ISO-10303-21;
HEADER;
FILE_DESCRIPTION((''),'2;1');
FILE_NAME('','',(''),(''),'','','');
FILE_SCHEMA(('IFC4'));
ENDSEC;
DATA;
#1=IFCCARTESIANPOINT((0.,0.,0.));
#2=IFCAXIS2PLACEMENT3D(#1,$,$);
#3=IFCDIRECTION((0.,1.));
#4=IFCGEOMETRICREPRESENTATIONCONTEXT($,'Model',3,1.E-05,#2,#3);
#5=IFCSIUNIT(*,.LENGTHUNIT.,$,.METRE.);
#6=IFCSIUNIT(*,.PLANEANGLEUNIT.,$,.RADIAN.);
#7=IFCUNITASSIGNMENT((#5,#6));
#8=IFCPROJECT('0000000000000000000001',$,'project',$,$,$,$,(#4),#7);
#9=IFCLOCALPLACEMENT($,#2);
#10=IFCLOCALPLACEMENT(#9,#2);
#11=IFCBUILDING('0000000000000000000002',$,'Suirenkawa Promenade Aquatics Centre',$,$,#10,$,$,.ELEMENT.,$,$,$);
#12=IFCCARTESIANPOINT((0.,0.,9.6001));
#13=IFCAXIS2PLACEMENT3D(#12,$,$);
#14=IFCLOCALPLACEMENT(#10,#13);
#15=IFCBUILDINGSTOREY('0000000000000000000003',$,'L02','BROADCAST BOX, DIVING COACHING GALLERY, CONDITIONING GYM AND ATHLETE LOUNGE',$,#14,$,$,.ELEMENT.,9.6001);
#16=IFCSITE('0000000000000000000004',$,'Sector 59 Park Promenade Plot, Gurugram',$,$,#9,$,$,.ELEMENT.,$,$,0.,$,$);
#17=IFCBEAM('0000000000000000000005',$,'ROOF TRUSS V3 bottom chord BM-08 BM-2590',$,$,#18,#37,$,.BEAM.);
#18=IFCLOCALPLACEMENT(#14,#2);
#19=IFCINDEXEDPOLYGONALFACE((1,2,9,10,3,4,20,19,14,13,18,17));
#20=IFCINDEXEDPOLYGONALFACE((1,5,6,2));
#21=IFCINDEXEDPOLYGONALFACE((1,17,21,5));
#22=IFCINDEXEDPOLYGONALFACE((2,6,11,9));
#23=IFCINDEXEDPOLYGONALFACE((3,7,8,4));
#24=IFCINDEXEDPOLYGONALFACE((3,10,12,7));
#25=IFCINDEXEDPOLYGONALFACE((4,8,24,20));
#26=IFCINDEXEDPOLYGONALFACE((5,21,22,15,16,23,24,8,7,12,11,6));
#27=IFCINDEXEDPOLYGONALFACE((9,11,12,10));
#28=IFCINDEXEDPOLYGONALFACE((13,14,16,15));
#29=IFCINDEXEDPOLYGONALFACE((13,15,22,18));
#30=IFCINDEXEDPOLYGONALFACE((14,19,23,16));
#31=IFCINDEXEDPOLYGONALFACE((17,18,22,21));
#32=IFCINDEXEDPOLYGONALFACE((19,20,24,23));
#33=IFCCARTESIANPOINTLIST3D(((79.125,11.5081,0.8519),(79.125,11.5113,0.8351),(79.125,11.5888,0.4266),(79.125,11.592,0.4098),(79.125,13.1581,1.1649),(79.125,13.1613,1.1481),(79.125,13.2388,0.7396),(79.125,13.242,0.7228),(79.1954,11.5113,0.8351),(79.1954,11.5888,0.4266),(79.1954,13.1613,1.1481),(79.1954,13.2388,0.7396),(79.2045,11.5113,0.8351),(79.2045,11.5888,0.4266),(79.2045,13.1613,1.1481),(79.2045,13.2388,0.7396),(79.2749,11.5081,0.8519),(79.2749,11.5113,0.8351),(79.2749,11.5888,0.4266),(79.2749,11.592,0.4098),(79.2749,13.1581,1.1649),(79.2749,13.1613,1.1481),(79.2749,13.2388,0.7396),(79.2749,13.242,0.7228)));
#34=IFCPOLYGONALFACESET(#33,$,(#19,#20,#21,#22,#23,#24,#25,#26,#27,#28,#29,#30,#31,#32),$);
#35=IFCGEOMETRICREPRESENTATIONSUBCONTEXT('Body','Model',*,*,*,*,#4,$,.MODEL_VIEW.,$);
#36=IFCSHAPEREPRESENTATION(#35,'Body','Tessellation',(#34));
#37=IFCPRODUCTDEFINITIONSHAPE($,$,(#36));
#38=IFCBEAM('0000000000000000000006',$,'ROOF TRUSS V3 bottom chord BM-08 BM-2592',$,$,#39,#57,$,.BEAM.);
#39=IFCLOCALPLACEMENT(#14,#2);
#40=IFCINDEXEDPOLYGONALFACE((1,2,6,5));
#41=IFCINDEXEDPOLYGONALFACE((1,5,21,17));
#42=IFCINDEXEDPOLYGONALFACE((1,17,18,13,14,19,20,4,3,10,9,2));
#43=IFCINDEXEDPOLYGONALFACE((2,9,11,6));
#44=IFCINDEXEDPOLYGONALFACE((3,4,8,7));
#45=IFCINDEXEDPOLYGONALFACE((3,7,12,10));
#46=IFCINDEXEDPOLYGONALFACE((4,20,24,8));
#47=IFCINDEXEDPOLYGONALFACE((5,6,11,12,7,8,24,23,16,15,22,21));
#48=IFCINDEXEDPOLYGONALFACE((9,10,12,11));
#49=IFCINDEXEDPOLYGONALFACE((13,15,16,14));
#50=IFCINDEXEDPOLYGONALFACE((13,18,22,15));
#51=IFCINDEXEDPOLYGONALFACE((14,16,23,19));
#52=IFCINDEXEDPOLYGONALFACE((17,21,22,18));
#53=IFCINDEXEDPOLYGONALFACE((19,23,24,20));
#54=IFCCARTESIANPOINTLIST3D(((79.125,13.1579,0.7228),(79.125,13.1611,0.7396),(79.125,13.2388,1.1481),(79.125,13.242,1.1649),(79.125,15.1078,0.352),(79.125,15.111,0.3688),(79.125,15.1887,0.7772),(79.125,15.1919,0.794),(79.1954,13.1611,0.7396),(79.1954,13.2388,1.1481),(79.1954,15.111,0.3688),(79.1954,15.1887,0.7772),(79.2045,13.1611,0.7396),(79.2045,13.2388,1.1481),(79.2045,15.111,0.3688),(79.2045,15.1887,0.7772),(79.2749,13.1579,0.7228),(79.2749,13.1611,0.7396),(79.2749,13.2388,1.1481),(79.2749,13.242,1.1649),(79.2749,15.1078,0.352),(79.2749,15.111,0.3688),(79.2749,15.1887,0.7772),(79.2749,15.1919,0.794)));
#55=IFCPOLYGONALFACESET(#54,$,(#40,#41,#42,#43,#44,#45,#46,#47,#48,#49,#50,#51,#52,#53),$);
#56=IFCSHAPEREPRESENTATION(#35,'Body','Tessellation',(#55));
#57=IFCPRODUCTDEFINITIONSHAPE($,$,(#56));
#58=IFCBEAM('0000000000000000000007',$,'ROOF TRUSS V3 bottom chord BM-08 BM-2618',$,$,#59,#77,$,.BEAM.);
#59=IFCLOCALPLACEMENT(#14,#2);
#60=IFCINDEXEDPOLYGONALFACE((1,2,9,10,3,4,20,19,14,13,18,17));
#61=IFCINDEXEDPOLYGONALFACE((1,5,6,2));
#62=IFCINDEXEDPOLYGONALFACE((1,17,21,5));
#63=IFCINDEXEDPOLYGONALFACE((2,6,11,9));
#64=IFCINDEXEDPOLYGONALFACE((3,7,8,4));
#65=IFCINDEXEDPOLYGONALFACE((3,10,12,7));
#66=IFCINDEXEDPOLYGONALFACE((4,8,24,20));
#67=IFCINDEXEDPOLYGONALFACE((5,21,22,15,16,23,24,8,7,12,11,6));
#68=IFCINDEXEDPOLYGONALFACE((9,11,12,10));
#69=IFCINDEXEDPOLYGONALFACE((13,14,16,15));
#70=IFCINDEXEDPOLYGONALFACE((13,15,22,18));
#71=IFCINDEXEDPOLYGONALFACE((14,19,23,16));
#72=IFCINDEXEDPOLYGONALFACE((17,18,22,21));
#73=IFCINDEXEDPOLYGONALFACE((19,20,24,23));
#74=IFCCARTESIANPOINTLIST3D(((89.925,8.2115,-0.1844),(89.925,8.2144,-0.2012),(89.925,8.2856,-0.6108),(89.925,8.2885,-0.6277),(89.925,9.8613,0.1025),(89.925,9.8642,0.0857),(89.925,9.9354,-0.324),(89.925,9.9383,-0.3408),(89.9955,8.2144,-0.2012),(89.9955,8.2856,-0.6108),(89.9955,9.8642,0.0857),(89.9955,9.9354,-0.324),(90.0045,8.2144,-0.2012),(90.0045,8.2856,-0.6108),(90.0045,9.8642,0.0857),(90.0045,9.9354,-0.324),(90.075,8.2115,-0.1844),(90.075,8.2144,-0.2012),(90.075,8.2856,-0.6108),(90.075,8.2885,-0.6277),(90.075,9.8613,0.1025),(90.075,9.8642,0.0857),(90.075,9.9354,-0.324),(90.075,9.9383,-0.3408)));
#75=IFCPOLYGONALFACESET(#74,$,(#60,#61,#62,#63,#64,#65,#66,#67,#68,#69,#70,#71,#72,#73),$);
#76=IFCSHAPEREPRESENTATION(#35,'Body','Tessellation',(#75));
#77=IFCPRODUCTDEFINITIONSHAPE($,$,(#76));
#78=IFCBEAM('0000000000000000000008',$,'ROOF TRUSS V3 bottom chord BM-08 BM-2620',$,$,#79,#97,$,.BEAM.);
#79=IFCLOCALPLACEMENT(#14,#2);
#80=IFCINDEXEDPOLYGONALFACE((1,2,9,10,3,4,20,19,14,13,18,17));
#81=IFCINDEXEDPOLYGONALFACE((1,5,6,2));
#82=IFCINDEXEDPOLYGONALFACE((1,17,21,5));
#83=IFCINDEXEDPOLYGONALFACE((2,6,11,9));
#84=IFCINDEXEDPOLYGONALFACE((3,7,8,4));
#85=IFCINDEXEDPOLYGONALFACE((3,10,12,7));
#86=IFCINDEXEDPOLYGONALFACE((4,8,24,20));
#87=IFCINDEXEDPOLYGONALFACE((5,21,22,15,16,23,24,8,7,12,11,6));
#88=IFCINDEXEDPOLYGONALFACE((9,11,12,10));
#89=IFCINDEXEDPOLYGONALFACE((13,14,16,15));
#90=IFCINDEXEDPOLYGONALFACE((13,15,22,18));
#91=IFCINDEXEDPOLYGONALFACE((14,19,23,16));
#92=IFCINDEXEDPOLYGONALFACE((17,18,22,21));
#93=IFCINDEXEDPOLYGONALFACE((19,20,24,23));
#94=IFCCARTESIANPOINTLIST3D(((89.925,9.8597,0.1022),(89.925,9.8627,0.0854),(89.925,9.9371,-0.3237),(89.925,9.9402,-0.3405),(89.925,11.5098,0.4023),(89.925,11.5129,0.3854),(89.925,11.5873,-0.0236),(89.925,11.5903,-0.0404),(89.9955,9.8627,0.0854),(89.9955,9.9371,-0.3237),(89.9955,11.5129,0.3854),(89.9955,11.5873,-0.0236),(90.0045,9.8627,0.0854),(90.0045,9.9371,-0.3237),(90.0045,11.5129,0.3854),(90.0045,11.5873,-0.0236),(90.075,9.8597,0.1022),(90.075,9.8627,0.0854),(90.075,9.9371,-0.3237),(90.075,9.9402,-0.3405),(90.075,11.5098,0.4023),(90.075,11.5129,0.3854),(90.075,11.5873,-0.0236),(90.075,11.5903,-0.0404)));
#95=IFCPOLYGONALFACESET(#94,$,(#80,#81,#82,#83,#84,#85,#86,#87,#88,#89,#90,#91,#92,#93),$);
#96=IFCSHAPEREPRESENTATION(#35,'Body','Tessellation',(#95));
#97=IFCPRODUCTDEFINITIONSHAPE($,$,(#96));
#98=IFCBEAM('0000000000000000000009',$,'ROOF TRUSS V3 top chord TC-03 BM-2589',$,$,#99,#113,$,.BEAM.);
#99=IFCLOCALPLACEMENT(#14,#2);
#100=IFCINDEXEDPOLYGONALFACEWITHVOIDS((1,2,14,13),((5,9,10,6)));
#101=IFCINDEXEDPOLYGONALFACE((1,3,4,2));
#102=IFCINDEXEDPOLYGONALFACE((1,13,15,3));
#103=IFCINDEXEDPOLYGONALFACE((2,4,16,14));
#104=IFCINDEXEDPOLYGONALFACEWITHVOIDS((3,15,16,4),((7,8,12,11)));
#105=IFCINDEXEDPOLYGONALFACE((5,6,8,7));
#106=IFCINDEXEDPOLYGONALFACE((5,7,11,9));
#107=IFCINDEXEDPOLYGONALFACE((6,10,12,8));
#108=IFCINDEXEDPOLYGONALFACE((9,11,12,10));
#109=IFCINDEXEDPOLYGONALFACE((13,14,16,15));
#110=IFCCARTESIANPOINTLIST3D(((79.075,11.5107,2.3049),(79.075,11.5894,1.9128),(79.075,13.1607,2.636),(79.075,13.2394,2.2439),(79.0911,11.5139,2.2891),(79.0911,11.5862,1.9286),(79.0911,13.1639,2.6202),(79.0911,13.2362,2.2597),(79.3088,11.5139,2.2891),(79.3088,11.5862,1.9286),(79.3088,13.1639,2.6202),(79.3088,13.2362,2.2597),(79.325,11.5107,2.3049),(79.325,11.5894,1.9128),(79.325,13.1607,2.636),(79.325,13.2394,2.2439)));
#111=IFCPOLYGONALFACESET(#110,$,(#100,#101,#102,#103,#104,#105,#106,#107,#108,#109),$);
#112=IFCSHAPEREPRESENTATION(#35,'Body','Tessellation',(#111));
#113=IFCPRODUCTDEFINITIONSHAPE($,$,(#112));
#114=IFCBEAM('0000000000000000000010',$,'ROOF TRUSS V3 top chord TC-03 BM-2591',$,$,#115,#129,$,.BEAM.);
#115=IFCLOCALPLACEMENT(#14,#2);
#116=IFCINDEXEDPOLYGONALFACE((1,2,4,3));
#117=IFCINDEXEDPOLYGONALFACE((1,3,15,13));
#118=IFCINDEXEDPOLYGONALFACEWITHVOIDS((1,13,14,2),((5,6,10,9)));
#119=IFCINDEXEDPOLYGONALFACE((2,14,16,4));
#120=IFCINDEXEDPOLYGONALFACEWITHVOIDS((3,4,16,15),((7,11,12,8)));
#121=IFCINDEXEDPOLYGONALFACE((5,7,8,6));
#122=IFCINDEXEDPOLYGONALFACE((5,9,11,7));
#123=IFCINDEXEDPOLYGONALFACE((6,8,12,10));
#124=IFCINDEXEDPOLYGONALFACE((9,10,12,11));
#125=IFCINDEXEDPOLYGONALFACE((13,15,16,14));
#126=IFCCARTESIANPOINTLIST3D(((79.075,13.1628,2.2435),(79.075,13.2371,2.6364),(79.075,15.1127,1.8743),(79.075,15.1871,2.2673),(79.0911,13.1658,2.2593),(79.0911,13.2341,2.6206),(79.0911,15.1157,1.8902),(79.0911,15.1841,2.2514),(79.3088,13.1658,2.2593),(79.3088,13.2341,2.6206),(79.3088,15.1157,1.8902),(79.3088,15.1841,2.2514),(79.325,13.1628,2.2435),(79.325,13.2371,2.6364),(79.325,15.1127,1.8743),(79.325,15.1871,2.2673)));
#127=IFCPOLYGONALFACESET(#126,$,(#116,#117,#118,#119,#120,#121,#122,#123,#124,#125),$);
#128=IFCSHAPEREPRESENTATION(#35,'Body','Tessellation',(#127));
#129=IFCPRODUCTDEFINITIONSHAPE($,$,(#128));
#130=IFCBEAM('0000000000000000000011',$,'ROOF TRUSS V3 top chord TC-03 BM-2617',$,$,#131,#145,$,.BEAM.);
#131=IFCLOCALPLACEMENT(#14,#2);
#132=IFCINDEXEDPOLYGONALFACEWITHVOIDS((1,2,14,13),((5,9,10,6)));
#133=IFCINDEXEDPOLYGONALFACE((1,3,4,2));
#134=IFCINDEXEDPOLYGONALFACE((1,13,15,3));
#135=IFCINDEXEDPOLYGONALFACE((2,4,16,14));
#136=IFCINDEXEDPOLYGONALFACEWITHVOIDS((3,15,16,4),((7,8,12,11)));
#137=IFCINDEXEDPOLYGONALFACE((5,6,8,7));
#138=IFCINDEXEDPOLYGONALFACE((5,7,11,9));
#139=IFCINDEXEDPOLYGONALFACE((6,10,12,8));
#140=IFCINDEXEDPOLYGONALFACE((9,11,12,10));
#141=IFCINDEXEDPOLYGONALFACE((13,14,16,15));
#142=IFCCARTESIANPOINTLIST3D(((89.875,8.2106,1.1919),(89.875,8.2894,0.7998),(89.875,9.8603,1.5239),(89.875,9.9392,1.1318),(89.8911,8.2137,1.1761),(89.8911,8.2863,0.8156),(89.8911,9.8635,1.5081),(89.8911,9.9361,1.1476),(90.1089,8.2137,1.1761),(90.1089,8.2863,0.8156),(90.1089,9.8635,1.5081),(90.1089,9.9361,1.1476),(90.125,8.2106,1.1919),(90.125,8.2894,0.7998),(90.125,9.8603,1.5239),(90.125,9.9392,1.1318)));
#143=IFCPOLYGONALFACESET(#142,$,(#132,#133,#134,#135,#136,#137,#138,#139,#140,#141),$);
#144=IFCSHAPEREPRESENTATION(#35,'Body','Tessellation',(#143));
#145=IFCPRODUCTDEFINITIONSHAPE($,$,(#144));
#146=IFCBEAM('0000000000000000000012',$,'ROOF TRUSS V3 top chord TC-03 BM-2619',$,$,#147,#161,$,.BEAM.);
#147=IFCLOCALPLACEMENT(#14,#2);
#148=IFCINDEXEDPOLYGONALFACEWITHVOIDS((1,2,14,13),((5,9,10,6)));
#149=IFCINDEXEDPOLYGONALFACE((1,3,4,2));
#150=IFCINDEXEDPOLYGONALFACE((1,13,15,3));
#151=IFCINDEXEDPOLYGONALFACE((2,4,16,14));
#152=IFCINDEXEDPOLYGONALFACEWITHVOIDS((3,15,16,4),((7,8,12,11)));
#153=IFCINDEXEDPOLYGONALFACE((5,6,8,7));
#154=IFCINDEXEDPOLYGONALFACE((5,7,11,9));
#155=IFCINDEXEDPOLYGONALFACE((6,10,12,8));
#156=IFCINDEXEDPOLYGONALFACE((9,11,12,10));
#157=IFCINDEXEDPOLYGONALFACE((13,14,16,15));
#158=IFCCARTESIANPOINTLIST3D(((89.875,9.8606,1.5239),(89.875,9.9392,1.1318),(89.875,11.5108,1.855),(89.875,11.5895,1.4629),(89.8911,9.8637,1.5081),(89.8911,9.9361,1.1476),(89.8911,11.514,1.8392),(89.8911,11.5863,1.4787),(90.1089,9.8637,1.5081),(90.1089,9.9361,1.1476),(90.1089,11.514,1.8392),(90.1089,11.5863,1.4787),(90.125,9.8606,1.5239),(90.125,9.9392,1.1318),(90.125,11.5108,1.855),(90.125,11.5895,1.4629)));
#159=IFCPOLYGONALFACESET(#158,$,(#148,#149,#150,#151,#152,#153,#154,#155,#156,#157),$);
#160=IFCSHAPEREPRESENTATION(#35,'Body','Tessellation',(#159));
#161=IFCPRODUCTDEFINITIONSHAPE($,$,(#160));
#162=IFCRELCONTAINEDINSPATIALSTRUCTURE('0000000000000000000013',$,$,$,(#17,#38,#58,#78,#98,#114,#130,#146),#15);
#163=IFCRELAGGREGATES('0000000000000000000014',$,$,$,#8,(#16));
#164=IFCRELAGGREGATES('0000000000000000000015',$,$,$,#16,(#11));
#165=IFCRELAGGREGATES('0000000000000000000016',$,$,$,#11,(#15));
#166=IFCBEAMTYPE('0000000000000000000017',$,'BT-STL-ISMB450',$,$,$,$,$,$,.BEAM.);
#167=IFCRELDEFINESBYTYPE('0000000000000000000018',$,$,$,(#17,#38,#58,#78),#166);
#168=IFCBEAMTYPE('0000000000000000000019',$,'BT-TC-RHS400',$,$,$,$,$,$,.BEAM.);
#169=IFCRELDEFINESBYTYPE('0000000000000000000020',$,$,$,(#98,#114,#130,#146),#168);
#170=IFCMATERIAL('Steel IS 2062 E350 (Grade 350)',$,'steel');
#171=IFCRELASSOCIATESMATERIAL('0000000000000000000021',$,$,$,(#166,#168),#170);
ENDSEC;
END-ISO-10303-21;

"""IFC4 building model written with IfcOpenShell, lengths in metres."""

from ifc_helpers import new_model, si_unit, direction, frame, origin, origin_2d, place, context, subcontext, project, spatial, hollow_rectangle, i_section, extrude, material, material_profile, profile_set, type_object, element, save


model = new_model("IFC4")

# Units and contexts
model_context = context("Model", 3, precision=1e-05, world=origin(), true_north=direction((0.0, 1.0)))
body_context = subcontext(model_context, "Body", "Model", "MODEL_VIEW")
ifc_project = project(units=[si_unit("LENGTHUNIT", "METRE"), si_unit("PLANEANGLEUNIT", "RADIAN")], contexts=[model_context])

# Site, building, storey
site_placement = place(None, origin())
site = spatial("IfcSite", under=ifc_project, at=site_placement, Name="Sector 59 Park Promenade Plot, Gurugram", CompositionType="ELEMENT", RefElevation=0.0)
building_placement = place(site_placement, origin())
building = spatial("IfcBuilding", under=site, at=building_placement, Name="Suirenkawa Promenade Aquatics Centre", CompositionType="ELEMENT")
storey_placement = place(building_placement, frame((0.0, 0.0, 9.6001)))
storey = spatial("IfcBuildingStorey", under=building, at=storey_placement, Name="L02", Description="BROADCAST BOX, DIVING COACHING GALLERY, CONDITIONING GYM AND ATHLETE LOUNGE", CompositionType="ELEMENT", Elevation=9.6001)

# Beams
ifc_material_1 = material(Name="Steel IS 2062 E350 (Grade 350)", Category="steel")
ifc_material_profile_1 = material_profile(ifc_material_1, i_section(OverallWidth=0.1499, OverallDepth=0.45, WebThickness=0.009, FlangeThickness=0.0171, at=origin_2d()), Name="ISMB 450", Category="steel")
ifc_profile_set_1 = profile_set([ifc_material_profile_1], Name="Steel IS 2062 E350 (Grade 350)")
beam_type_1 = type_object("IfcBeamType", Name="BT-STL-ISMB450", PredefinedType="BEAM", material=ifc_profile_set_1)
beam_1_placement = place(storey_placement, frame((79.2, 11.55, 0.6309), z_axis=(0.0, 0.982478, 0.186377), x_axis=(-1.0, 0.0, 0.0)))
element("IfcBeam", 1, at=beam_1_placement, inside=storey, type_object=beam_type_1, Name="ROOF TRUSS V3 bottom chord BM-08 BM-2590", PredefinedType="BEAM", context=body_context, shape_type="SweptSolid", body=[
    extrude(i_section(OverallWidth=0.1499, OverallDepth=0.45, WebThickness=0.009, FlangeThickness=0.0171, at=origin_2d()), origin(), (0.0, 0.0, 1.0), 1.6794),
])
beam_2_placement = place(storey_placement, frame((79.2, 13.2, 0.9438), z_axis=(0.0, 0.982391, -0.186835), x_axis=(-1.0, 0.0, 0.0)))
element("IfcBeam", 2, at=beam_2_placement, inside=storey, type_object=beam_type_1, Name="ROOF TRUSS V3 bottom chord BM-08 BM-2592", PredefinedType="BEAM", context=body_context, shape_type="SweptSolid", body=[
    extrude(i_section(OverallWidth=0.1499, OverallDepth=0.45, WebThickness=0.009, FlangeThickness=0.0171, at=origin_2d()), origin(), (0.0, 0.0, 1.0), 1.9849),
])
beam_3_placement = place(storey_placement, frame((90.0, 8.25, -0.406), z_axis=(0.0, 0.985219, 0.171298), x_axis=(-1.0, 0.0, 0.0)))
element("IfcBeam", 3, at=beam_3_placement, inside=storey, type_object=beam_type_1, Name="ROOF TRUSS V3 bottom chord BM-08 BM-2618", PredefinedType="BEAM", context=body_context, shape_type="SweptSolid", body=[
    extrude(i_section(OverallWidth=0.1499, OverallDepth=0.45, WebThickness=0.009, FlangeThickness=0.0171, at=origin_2d()), origin(), (0.0, 0.0, 1.0), 1.6746),
])
beam_4_placement = place(storey_placement, frame((90.0, 9.8999, -0.1191), z_axis=(0.0, 0.983868, 0.178898), x_axis=(-1.0, 0.0, 0.0)))
element("IfcBeam", 4, at=beam_4_placement, inside=storey, type_object=beam_type_1, Name="ROOF TRUSS V3 bottom chord BM-08 BM-2620", PredefinedType="BEAM", context=body_context, shape_type="SweptSolid", body=[
    extrude(i_section(OverallWidth=0.1499, OverallDepth=0.45, WebThickness=0.009, FlangeThickness=0.0171, at=origin_2d()), origin(), (0.0, 0.0, 1.0), 1.6772),
])
ifc_material_profile_2 = material_profile(ifc_material_1, hollow_rectangle(XDim=0.25, YDim=0.3999, WallThickness=0.0161, at=origin_2d()), Name="RHS 400x250x16", Category="steel")
ifc_profile_set_2 = profile_set([ifc_material_profile_2], Name="Steel IS 2062 E350 (Grade 350)")
beam_type_2 = type_object("IfcBeamType", Name="BT-TC-RHS400", PredefinedType="BEAM", material=ifc_profile_set_2)
beam_5_placement = place(storey_placement, frame((79.2, 11.55, 2.1089), z_axis=(0.0, 0.980458, 0.19673), x_axis=(-1.0, 0.0, 0.0)))
element("IfcBeam", 5, at=beam_5_placement, inside=storey, type_object=beam_type_2, Name="ROOF TRUSS V3 top chord TC-03 BM-2589", PredefinedType="BEAM", context=body_context, shape_type="SweptSolid", body=[
    extrude(hollow_rectangle(XDim=0.25, YDim=0.3999, WallThickness=0.0161, at=origin_2d()), origin(), (0.0, 0.0, 1.0), 1.6829),
])
beam_6_placement = place(storey_placement, frame((79.2, 13.2, 2.4399), z_axis=(0.0, 0.982549, -0.186004), x_axis=(-1.0, 0.0, 0.0)))
element("IfcBeam", 6, at=beam_6_placement, inside=storey, type_object=beam_type_2, Name="ROOF TRUSS V3 top chord TC-03 BM-2591", PredefinedType="BEAM", context=body_context, shape_type="SweptSolid", body=[
    extrude(hollow_rectangle(XDim=0.25, YDim=0.3999, WallThickness=0.0161, at=origin_2d()), origin(), (0.0, 0.0, 1.0), 1.9846),
])
beam_7_placement = place(storey_placement, frame((90.0, 8.25, 0.9958), z_axis=(0.0, 0.980346, 0.197288), x_axis=(-1.0, 0.0, 0.0)))
element("IfcBeam", 7, at=beam_7_placement, inside=storey, type_object=beam_type_2, Name="ROOF TRUSS V3 top chord TC-03 BM-2617", PredefinedType="BEAM", context=body_context, shape_type="SweptSolid", body=[
    extrude(hollow_rectangle(XDim=0.25, YDim=0.3999, WallThickness=0.0161, at=origin_2d()), origin(), (0.0, 0.0, 1.0), 1.6829),
])
beam_8_placement = place(storey_placement, frame((90.0, 9.8999, 1.3279), z_axis=(0.0, 0.980463, 0.196702), x_axis=(-1.0, 0.0, 0.0)))
element("IfcBeam", 8, at=beam_8_placement, inside=storey, type_object=beam_type_2, Name="ROOF TRUSS V3 top chord TC-03 BM-2619", PredefinedType="BEAM", context=body_context, shape_type="SweptSolid", body=[
    extrude(hollow_rectangle(XDim=0.25, YDim=0.3999, WallThickness=0.0161, at=origin_2d()), origin(), (0.0, 0.0, 1.0), 1.6831),
])

save(model, "model.ifc")
